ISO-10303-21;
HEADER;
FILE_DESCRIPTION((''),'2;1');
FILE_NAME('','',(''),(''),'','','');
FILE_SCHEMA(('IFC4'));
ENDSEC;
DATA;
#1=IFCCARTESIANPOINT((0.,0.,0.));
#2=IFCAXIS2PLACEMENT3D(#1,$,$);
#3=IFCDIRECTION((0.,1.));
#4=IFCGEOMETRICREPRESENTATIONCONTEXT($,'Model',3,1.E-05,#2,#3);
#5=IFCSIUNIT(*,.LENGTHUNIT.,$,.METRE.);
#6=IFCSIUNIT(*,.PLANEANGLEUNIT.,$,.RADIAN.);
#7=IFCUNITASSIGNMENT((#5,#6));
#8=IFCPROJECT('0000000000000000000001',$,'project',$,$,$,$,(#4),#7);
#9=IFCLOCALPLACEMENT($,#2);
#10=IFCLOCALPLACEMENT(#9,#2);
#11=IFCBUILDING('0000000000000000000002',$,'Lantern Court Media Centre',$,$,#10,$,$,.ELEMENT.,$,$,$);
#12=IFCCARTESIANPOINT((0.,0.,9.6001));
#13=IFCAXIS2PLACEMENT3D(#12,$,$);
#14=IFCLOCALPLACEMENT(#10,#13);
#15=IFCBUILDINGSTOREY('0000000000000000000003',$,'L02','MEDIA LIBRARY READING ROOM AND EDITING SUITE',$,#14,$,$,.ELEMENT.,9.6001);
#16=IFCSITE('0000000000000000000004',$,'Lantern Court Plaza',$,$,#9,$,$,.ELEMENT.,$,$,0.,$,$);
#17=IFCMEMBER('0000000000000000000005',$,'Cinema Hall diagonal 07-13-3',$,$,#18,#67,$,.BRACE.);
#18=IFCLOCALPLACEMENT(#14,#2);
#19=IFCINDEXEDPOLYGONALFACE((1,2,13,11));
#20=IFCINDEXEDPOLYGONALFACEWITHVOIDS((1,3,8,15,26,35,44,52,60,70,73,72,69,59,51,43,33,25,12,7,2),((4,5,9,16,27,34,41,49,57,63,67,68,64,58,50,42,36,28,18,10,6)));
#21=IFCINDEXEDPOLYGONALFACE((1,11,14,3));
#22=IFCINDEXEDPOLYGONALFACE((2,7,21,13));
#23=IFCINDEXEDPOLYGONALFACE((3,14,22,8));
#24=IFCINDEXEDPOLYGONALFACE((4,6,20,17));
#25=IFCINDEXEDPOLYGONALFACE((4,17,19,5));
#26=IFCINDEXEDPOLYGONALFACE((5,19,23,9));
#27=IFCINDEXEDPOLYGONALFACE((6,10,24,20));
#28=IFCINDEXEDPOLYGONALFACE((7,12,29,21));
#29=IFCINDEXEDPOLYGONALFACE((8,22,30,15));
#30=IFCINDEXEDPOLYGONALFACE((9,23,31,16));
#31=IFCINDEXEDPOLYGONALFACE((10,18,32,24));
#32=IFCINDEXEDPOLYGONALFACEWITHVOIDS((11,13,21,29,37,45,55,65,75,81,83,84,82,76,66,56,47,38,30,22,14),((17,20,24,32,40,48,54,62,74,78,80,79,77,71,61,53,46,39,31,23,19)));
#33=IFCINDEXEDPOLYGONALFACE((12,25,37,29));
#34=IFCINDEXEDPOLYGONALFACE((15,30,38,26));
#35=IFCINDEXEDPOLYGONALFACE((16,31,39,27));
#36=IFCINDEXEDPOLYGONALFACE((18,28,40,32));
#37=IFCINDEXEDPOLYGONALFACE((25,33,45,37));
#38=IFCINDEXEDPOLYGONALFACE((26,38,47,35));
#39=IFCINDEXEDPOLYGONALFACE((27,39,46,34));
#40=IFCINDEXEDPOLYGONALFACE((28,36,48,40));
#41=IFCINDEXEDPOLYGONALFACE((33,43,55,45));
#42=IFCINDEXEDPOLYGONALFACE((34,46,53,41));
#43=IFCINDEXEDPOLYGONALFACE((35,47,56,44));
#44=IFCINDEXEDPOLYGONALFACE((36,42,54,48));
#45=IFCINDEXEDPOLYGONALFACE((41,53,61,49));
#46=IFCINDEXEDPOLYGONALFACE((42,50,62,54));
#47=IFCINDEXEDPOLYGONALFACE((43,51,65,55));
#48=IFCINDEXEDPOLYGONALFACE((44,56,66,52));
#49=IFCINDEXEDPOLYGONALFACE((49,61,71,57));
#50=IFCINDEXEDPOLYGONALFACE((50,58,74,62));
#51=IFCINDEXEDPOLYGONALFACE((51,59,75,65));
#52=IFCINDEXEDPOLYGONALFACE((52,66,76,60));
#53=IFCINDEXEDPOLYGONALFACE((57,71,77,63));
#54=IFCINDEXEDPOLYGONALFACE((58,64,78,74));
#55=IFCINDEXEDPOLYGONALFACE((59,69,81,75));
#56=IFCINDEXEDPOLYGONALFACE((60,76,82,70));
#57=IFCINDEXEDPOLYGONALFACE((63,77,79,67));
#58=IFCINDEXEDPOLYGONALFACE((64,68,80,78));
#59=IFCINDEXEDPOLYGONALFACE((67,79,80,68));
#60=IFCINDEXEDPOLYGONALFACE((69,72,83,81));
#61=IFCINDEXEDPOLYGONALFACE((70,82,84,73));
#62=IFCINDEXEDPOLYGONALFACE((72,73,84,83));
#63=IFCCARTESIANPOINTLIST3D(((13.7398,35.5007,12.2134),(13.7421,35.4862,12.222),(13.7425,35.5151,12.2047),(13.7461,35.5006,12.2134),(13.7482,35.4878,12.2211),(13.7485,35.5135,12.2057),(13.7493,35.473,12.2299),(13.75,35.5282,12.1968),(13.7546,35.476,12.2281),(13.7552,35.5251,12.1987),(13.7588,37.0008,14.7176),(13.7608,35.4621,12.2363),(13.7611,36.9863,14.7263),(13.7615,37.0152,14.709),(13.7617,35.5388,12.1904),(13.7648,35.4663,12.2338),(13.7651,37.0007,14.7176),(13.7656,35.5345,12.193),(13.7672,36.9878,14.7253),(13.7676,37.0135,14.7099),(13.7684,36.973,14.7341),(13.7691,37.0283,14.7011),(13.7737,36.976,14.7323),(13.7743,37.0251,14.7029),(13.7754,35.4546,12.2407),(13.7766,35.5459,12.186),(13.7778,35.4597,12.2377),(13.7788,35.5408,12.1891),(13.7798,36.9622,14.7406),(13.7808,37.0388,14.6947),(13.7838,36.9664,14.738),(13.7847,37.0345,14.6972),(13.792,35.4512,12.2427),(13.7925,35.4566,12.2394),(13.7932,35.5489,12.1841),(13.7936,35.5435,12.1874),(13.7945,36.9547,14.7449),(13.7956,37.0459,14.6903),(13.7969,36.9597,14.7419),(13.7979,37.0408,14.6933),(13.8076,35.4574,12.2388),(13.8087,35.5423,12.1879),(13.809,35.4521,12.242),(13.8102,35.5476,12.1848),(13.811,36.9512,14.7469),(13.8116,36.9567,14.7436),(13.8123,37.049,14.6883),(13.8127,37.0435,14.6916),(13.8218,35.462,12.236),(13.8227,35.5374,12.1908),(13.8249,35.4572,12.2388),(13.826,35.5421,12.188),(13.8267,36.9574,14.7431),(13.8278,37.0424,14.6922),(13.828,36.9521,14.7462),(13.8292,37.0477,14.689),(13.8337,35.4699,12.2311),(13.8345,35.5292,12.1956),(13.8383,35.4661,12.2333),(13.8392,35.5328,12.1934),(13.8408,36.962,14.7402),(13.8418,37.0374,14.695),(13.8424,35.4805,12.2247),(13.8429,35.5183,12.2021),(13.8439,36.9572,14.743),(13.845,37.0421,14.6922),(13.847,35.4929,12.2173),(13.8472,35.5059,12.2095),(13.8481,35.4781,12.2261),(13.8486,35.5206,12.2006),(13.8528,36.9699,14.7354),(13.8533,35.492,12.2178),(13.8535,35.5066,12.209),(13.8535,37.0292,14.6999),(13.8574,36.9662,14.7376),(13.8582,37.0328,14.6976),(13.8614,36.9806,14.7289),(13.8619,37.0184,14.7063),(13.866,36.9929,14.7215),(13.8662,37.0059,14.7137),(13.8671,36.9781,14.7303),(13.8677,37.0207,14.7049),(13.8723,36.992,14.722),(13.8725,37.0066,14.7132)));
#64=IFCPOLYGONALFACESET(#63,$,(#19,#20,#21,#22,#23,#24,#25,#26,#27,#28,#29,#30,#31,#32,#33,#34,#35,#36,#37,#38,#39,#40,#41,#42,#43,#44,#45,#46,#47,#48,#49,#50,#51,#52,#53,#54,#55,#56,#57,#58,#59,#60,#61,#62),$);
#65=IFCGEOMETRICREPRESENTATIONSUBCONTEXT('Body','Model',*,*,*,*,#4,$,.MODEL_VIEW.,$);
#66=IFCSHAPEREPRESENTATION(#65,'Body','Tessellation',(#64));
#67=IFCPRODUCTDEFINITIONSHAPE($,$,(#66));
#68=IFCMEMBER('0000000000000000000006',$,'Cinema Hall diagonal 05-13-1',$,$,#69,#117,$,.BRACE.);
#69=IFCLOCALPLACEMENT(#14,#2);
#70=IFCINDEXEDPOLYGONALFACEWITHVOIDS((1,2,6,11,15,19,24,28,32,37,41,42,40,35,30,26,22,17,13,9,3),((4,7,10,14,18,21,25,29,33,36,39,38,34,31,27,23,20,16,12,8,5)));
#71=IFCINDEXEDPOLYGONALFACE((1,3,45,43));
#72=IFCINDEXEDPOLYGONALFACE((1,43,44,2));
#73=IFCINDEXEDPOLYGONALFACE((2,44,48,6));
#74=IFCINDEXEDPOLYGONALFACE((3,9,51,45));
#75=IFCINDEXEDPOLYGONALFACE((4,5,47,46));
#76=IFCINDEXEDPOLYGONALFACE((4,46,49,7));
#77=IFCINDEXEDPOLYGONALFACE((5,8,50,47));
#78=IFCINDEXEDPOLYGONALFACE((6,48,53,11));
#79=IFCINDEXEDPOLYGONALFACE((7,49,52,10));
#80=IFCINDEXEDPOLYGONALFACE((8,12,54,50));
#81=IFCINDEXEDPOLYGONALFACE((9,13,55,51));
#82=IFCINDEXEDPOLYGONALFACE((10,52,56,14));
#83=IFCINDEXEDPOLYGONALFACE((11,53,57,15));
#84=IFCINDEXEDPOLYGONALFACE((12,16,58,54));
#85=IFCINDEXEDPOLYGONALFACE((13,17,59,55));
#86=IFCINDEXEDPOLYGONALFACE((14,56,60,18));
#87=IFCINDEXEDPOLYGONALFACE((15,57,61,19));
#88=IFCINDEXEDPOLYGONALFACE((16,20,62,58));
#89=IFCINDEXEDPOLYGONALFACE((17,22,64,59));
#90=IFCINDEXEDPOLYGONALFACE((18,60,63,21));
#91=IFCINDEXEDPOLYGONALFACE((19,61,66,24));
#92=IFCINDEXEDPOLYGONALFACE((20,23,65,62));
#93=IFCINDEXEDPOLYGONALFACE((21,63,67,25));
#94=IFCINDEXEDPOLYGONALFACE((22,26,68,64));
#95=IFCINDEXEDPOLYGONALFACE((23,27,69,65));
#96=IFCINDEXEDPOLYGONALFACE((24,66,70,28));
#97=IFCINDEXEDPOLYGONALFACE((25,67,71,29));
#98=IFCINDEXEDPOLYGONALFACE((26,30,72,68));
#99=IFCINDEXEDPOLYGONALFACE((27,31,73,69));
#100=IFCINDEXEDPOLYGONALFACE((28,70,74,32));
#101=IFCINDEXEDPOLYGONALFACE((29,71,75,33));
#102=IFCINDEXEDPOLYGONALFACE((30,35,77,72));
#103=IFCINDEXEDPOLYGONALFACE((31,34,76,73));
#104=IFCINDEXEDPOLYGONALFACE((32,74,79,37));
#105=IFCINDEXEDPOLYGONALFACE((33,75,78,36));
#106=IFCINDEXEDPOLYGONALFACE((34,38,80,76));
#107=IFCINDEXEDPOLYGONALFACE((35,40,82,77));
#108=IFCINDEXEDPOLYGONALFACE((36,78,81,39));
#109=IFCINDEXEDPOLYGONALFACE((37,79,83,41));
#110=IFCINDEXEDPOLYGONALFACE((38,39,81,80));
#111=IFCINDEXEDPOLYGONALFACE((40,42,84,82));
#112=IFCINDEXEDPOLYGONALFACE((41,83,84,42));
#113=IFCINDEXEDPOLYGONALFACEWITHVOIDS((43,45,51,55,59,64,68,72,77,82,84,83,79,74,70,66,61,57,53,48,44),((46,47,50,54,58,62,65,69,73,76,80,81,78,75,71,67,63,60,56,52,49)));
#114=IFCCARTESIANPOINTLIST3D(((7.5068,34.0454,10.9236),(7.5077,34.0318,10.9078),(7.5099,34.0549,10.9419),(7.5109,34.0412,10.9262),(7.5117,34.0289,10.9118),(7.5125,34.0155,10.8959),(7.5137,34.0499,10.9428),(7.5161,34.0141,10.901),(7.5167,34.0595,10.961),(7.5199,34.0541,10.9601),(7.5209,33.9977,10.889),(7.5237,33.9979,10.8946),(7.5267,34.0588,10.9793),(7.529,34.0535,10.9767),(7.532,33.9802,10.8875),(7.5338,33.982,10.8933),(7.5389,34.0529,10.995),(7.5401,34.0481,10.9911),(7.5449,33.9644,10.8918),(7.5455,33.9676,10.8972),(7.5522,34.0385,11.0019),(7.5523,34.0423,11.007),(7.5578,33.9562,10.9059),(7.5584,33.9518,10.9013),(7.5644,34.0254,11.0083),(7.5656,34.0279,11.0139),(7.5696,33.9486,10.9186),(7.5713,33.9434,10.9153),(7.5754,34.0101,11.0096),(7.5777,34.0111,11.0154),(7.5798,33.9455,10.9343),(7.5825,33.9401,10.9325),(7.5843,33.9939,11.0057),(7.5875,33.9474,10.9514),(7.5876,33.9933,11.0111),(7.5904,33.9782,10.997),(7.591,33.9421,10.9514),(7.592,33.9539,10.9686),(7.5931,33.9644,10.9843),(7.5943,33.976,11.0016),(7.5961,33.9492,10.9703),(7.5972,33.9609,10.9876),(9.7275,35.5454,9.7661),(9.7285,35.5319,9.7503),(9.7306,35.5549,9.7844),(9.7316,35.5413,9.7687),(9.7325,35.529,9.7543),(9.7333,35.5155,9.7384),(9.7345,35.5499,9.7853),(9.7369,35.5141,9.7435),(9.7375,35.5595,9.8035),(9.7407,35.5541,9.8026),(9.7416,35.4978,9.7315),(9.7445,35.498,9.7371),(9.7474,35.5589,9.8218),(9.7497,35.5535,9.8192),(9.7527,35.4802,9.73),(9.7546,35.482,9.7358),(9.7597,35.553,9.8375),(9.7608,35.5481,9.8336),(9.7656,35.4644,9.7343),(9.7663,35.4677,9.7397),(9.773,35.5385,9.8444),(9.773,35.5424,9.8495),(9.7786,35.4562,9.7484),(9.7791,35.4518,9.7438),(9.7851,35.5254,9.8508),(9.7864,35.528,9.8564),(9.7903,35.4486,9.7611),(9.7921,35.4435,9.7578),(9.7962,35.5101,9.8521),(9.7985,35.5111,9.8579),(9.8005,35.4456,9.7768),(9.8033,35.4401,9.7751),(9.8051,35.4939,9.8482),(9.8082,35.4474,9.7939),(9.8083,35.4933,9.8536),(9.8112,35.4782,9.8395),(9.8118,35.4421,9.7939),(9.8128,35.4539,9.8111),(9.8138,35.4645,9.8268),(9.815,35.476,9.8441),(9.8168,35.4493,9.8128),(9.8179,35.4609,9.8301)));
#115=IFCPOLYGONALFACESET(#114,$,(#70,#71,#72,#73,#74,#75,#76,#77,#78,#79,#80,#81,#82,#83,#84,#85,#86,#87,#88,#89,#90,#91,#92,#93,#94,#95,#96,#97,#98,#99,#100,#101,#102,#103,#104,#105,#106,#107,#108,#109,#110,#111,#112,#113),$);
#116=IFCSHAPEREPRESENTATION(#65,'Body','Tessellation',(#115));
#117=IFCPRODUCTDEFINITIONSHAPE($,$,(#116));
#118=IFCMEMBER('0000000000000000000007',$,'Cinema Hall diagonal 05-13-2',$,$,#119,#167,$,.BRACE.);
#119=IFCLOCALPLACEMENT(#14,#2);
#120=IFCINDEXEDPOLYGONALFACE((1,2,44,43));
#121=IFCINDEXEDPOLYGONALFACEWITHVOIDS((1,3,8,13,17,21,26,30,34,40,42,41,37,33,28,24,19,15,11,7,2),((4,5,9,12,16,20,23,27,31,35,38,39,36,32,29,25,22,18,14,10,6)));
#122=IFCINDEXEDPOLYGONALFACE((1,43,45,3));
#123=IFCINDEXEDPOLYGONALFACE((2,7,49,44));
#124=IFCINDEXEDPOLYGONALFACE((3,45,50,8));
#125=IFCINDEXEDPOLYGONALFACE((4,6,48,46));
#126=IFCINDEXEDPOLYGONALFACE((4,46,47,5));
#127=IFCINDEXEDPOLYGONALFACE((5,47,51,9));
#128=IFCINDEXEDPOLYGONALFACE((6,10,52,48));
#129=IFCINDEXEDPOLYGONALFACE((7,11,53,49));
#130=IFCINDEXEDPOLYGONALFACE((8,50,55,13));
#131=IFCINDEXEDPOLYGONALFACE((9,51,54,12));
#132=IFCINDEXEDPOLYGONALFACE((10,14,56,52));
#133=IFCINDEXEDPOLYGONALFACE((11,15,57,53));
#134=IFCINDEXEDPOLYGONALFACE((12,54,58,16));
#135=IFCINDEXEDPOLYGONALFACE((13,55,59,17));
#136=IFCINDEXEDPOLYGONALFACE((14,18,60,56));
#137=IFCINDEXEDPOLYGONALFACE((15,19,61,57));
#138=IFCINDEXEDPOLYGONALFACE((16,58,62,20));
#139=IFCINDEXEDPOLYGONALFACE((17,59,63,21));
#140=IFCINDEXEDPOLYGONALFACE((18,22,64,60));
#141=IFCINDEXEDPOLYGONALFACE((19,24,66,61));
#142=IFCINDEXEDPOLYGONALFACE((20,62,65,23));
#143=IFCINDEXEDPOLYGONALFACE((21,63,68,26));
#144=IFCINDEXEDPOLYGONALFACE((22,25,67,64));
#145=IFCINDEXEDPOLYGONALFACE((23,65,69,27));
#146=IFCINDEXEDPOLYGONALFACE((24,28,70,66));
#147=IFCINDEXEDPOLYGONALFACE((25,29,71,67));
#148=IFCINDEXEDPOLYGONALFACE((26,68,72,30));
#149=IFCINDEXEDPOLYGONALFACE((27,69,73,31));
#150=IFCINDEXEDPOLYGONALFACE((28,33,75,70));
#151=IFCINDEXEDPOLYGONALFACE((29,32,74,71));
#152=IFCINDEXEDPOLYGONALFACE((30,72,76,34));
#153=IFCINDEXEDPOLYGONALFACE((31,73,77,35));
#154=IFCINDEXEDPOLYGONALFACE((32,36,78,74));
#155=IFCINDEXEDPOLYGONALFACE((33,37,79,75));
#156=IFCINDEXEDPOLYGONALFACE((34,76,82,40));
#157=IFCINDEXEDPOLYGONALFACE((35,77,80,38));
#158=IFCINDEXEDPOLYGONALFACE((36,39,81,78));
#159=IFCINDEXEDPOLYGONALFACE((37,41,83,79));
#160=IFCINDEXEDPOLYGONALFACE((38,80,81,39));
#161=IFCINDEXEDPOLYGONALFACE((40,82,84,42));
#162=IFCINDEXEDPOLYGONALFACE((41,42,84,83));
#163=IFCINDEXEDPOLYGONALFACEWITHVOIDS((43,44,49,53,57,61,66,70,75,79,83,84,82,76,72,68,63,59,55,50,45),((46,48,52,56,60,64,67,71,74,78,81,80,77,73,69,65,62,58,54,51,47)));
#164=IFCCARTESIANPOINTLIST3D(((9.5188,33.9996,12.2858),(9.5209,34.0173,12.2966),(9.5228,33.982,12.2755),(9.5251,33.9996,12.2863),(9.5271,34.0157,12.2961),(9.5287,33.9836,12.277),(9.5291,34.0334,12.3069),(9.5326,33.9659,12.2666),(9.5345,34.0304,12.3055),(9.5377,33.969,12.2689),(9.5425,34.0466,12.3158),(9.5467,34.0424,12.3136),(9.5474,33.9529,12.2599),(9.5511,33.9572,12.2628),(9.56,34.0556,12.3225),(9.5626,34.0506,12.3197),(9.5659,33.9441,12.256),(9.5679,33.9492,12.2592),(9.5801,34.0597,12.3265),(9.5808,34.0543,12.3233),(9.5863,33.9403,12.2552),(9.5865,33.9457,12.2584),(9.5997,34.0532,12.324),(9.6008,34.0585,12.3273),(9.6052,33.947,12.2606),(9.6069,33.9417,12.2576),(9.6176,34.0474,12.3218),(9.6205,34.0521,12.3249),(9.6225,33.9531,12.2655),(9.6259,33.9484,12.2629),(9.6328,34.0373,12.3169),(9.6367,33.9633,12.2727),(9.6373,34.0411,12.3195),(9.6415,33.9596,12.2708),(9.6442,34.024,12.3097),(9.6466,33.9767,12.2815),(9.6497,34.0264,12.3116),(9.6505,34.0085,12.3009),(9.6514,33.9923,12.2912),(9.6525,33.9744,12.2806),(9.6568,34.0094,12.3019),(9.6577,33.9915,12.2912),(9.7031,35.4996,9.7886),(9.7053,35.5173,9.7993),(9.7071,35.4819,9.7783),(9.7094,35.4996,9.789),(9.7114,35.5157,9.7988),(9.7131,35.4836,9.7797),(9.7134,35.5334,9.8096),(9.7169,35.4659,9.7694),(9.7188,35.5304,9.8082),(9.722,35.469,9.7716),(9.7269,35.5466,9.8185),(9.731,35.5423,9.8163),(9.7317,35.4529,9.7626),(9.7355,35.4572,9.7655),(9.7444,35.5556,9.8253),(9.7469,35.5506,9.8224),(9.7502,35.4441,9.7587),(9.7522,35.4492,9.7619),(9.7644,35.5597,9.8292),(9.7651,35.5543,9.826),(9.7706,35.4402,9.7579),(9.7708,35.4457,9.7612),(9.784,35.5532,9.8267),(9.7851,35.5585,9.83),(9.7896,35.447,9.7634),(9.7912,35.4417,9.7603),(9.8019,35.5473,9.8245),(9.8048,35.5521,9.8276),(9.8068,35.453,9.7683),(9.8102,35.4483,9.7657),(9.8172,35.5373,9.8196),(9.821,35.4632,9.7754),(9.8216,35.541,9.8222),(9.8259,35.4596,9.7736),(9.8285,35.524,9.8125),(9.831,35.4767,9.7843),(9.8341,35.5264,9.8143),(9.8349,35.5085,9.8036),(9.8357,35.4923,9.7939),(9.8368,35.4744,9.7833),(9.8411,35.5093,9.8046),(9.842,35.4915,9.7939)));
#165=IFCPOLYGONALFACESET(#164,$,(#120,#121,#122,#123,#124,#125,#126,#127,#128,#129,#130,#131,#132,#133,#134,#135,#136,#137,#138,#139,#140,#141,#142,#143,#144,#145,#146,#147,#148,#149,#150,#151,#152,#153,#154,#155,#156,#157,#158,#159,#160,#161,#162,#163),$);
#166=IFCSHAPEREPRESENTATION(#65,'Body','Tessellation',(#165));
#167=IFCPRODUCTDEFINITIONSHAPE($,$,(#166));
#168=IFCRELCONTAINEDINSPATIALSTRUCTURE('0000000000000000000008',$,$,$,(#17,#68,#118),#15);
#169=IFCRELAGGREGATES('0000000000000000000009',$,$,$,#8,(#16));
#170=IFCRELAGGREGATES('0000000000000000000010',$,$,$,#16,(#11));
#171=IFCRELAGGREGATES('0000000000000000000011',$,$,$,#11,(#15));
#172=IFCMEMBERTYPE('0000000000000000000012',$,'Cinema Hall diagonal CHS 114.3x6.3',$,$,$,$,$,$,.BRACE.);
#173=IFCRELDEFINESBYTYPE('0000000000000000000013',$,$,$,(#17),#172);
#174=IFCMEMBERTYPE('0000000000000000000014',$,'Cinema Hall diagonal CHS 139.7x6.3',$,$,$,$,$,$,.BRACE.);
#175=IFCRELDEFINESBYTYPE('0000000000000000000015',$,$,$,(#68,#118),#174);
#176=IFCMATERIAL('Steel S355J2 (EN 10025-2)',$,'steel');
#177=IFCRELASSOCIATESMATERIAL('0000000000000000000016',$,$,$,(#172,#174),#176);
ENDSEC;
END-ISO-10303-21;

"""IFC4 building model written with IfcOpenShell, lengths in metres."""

from ifc_helpers import new_model, si_unit, direction, frame, origin, origin_2d, place, context, subcontext, project, spatial, hollow_circle, extrude, material, material_profile, profile_set, type_object, element, save


model = new_model("IFC4")

# Units and contexts
model_context = context("Model", 3, precision=1e-05, world=origin(), true_north=direction((0.0, 1.0)))
body_context = subcontext(model_context, "Body", "Model", "MODEL_VIEW")
ifc_project = project(units=[si_unit("LENGTHUNIT", "METRE"), si_unit("PLANEANGLEUNIT", "RADIAN")], contexts=[model_context])

# Site, building, storey
site_placement = place(None, origin())
site = spatial("IfcSite", under=ifc_project, at=site_placement, Name="Lantern Court Plaza", CompositionType="ELEMENT", RefElevation=0.0)
building_placement = place(site_placement, origin())
building = spatial("IfcBuilding", under=site, at=building_placement, Name="Lantern Court Media Centre", CompositionType="ELEMENT")
storey_placement = place(building_placement, frame((0.0, 0.0, 9.6001)))
storey = spatial("IfcBuildingStorey", under=building, at=storey_placement, Name="L02", Description="MEDIA LIBRARY READING ROOM AND EDITING SUITE", CompositionType="ELEMENT", Elevation=9.6001)

# Members
ifc_material = material(Name="Steel S355J2 (EN 10025-2)", Category="steel")
ifc_material_profile_1 = material_profile(ifc_material, hollow_circle(Radius=0.0571, WallThickness=0.0063, at=origin_2d()), Name="Cinema Hall diagonal CHS 114.3x6.3")
ifc_profile_set_1 = profile_set([ifc_material_profile_1], Name="Steel S355J2 (EN 10025-2)")
member_type_1 = type_object("IfcMemberType", Name="Cinema Hall diagonal CHS 114.3x6.3", PredefinedType="BRACE", material=ifc_profile_set_1)
for number, where, z_axis, x_axis, name in (
    (1, (13.7969, 35.5, 12.2134), (0.006524, 0.513857, 0.857851), (-0.999919, 0.012694, 0.0), "Cinema Hall diagonal 07-13-3"),
):
    element("IfcMember", number, at=place(storey_placement, frame(where, z_axis=z_axis, x_axis=x_axis)), inside=storey, type_object=member_type_1, Name=name, PredefinedType="BRACE", context=body_context, shape_type="SweptSolid", body=[
        extrude(hollow_circle(Radius=0.0571, WallThickness=0.0063, at=origin_2d()), origin(), (0.0, 0.0, 1.0), 2.9192),
    ])
ifc_material_profile_2 = material_profile(ifc_material, hollow_circle(Radius=0.0698, WallThickness=0.0063, at=origin_2d()), Name="Cinema Hall diagonal CHS 139.7x6.3")
ifc_profile_set_2 = profile_set([ifc_material_profile_2], Name="Steel S355J2 (EN 10025-2)")
member_type_2 = type_object("IfcMemberType", Name="Cinema Hall diagonal CHS 139.7x6.3", PredefinedType="BRACE", material=ifc_profile_set_2)
member_1_placement = place(storey_placement, frame((9.7727, 35.5, 9.7939), z_axis=(-0.760744, -0.513854, 0.396514), x_axis=(0.559736, -0.828671, 0.0)))
element("IfcMember", 2, at=member_1_placement, inside=storey, type_object=member_type_2, Name="Cinema Hall diagonal 05-13-1", PredefinedType="BRACE", context=body_context, shape_type="SweptSolid", body=[
    extrude(hollow_circle(Radius=0.0698, WallThickness=0.0063, at=origin_2d()), origin(), (0.0, 0.0, 1.0), 2.9192),
])
for number, where, z_axis, x_axis, name in (
    (3, (9.7727, 35.5, 9.7939), (-0.063147, -0.513875, 0.855538), (0.992534, -0.121967, 0.0), "Cinema Hall diagonal 05-13-2"),
):
    element("IfcMember", number, at=place(storey_placement, frame(where, z_axis=z_axis, x_axis=x_axis)), inside=storey, type_object=member_type_2, Name=name, PredefinedType="BRACE", context=body_context, shape_type="SweptSolid", body=[
        extrude(hollow_circle(Radius=0.0698, WallThickness=0.0063, at=origin_2d()), origin(), (0.0, 0.0, 1.0), 2.9189),
    ])

save(model, "model.ifc")
